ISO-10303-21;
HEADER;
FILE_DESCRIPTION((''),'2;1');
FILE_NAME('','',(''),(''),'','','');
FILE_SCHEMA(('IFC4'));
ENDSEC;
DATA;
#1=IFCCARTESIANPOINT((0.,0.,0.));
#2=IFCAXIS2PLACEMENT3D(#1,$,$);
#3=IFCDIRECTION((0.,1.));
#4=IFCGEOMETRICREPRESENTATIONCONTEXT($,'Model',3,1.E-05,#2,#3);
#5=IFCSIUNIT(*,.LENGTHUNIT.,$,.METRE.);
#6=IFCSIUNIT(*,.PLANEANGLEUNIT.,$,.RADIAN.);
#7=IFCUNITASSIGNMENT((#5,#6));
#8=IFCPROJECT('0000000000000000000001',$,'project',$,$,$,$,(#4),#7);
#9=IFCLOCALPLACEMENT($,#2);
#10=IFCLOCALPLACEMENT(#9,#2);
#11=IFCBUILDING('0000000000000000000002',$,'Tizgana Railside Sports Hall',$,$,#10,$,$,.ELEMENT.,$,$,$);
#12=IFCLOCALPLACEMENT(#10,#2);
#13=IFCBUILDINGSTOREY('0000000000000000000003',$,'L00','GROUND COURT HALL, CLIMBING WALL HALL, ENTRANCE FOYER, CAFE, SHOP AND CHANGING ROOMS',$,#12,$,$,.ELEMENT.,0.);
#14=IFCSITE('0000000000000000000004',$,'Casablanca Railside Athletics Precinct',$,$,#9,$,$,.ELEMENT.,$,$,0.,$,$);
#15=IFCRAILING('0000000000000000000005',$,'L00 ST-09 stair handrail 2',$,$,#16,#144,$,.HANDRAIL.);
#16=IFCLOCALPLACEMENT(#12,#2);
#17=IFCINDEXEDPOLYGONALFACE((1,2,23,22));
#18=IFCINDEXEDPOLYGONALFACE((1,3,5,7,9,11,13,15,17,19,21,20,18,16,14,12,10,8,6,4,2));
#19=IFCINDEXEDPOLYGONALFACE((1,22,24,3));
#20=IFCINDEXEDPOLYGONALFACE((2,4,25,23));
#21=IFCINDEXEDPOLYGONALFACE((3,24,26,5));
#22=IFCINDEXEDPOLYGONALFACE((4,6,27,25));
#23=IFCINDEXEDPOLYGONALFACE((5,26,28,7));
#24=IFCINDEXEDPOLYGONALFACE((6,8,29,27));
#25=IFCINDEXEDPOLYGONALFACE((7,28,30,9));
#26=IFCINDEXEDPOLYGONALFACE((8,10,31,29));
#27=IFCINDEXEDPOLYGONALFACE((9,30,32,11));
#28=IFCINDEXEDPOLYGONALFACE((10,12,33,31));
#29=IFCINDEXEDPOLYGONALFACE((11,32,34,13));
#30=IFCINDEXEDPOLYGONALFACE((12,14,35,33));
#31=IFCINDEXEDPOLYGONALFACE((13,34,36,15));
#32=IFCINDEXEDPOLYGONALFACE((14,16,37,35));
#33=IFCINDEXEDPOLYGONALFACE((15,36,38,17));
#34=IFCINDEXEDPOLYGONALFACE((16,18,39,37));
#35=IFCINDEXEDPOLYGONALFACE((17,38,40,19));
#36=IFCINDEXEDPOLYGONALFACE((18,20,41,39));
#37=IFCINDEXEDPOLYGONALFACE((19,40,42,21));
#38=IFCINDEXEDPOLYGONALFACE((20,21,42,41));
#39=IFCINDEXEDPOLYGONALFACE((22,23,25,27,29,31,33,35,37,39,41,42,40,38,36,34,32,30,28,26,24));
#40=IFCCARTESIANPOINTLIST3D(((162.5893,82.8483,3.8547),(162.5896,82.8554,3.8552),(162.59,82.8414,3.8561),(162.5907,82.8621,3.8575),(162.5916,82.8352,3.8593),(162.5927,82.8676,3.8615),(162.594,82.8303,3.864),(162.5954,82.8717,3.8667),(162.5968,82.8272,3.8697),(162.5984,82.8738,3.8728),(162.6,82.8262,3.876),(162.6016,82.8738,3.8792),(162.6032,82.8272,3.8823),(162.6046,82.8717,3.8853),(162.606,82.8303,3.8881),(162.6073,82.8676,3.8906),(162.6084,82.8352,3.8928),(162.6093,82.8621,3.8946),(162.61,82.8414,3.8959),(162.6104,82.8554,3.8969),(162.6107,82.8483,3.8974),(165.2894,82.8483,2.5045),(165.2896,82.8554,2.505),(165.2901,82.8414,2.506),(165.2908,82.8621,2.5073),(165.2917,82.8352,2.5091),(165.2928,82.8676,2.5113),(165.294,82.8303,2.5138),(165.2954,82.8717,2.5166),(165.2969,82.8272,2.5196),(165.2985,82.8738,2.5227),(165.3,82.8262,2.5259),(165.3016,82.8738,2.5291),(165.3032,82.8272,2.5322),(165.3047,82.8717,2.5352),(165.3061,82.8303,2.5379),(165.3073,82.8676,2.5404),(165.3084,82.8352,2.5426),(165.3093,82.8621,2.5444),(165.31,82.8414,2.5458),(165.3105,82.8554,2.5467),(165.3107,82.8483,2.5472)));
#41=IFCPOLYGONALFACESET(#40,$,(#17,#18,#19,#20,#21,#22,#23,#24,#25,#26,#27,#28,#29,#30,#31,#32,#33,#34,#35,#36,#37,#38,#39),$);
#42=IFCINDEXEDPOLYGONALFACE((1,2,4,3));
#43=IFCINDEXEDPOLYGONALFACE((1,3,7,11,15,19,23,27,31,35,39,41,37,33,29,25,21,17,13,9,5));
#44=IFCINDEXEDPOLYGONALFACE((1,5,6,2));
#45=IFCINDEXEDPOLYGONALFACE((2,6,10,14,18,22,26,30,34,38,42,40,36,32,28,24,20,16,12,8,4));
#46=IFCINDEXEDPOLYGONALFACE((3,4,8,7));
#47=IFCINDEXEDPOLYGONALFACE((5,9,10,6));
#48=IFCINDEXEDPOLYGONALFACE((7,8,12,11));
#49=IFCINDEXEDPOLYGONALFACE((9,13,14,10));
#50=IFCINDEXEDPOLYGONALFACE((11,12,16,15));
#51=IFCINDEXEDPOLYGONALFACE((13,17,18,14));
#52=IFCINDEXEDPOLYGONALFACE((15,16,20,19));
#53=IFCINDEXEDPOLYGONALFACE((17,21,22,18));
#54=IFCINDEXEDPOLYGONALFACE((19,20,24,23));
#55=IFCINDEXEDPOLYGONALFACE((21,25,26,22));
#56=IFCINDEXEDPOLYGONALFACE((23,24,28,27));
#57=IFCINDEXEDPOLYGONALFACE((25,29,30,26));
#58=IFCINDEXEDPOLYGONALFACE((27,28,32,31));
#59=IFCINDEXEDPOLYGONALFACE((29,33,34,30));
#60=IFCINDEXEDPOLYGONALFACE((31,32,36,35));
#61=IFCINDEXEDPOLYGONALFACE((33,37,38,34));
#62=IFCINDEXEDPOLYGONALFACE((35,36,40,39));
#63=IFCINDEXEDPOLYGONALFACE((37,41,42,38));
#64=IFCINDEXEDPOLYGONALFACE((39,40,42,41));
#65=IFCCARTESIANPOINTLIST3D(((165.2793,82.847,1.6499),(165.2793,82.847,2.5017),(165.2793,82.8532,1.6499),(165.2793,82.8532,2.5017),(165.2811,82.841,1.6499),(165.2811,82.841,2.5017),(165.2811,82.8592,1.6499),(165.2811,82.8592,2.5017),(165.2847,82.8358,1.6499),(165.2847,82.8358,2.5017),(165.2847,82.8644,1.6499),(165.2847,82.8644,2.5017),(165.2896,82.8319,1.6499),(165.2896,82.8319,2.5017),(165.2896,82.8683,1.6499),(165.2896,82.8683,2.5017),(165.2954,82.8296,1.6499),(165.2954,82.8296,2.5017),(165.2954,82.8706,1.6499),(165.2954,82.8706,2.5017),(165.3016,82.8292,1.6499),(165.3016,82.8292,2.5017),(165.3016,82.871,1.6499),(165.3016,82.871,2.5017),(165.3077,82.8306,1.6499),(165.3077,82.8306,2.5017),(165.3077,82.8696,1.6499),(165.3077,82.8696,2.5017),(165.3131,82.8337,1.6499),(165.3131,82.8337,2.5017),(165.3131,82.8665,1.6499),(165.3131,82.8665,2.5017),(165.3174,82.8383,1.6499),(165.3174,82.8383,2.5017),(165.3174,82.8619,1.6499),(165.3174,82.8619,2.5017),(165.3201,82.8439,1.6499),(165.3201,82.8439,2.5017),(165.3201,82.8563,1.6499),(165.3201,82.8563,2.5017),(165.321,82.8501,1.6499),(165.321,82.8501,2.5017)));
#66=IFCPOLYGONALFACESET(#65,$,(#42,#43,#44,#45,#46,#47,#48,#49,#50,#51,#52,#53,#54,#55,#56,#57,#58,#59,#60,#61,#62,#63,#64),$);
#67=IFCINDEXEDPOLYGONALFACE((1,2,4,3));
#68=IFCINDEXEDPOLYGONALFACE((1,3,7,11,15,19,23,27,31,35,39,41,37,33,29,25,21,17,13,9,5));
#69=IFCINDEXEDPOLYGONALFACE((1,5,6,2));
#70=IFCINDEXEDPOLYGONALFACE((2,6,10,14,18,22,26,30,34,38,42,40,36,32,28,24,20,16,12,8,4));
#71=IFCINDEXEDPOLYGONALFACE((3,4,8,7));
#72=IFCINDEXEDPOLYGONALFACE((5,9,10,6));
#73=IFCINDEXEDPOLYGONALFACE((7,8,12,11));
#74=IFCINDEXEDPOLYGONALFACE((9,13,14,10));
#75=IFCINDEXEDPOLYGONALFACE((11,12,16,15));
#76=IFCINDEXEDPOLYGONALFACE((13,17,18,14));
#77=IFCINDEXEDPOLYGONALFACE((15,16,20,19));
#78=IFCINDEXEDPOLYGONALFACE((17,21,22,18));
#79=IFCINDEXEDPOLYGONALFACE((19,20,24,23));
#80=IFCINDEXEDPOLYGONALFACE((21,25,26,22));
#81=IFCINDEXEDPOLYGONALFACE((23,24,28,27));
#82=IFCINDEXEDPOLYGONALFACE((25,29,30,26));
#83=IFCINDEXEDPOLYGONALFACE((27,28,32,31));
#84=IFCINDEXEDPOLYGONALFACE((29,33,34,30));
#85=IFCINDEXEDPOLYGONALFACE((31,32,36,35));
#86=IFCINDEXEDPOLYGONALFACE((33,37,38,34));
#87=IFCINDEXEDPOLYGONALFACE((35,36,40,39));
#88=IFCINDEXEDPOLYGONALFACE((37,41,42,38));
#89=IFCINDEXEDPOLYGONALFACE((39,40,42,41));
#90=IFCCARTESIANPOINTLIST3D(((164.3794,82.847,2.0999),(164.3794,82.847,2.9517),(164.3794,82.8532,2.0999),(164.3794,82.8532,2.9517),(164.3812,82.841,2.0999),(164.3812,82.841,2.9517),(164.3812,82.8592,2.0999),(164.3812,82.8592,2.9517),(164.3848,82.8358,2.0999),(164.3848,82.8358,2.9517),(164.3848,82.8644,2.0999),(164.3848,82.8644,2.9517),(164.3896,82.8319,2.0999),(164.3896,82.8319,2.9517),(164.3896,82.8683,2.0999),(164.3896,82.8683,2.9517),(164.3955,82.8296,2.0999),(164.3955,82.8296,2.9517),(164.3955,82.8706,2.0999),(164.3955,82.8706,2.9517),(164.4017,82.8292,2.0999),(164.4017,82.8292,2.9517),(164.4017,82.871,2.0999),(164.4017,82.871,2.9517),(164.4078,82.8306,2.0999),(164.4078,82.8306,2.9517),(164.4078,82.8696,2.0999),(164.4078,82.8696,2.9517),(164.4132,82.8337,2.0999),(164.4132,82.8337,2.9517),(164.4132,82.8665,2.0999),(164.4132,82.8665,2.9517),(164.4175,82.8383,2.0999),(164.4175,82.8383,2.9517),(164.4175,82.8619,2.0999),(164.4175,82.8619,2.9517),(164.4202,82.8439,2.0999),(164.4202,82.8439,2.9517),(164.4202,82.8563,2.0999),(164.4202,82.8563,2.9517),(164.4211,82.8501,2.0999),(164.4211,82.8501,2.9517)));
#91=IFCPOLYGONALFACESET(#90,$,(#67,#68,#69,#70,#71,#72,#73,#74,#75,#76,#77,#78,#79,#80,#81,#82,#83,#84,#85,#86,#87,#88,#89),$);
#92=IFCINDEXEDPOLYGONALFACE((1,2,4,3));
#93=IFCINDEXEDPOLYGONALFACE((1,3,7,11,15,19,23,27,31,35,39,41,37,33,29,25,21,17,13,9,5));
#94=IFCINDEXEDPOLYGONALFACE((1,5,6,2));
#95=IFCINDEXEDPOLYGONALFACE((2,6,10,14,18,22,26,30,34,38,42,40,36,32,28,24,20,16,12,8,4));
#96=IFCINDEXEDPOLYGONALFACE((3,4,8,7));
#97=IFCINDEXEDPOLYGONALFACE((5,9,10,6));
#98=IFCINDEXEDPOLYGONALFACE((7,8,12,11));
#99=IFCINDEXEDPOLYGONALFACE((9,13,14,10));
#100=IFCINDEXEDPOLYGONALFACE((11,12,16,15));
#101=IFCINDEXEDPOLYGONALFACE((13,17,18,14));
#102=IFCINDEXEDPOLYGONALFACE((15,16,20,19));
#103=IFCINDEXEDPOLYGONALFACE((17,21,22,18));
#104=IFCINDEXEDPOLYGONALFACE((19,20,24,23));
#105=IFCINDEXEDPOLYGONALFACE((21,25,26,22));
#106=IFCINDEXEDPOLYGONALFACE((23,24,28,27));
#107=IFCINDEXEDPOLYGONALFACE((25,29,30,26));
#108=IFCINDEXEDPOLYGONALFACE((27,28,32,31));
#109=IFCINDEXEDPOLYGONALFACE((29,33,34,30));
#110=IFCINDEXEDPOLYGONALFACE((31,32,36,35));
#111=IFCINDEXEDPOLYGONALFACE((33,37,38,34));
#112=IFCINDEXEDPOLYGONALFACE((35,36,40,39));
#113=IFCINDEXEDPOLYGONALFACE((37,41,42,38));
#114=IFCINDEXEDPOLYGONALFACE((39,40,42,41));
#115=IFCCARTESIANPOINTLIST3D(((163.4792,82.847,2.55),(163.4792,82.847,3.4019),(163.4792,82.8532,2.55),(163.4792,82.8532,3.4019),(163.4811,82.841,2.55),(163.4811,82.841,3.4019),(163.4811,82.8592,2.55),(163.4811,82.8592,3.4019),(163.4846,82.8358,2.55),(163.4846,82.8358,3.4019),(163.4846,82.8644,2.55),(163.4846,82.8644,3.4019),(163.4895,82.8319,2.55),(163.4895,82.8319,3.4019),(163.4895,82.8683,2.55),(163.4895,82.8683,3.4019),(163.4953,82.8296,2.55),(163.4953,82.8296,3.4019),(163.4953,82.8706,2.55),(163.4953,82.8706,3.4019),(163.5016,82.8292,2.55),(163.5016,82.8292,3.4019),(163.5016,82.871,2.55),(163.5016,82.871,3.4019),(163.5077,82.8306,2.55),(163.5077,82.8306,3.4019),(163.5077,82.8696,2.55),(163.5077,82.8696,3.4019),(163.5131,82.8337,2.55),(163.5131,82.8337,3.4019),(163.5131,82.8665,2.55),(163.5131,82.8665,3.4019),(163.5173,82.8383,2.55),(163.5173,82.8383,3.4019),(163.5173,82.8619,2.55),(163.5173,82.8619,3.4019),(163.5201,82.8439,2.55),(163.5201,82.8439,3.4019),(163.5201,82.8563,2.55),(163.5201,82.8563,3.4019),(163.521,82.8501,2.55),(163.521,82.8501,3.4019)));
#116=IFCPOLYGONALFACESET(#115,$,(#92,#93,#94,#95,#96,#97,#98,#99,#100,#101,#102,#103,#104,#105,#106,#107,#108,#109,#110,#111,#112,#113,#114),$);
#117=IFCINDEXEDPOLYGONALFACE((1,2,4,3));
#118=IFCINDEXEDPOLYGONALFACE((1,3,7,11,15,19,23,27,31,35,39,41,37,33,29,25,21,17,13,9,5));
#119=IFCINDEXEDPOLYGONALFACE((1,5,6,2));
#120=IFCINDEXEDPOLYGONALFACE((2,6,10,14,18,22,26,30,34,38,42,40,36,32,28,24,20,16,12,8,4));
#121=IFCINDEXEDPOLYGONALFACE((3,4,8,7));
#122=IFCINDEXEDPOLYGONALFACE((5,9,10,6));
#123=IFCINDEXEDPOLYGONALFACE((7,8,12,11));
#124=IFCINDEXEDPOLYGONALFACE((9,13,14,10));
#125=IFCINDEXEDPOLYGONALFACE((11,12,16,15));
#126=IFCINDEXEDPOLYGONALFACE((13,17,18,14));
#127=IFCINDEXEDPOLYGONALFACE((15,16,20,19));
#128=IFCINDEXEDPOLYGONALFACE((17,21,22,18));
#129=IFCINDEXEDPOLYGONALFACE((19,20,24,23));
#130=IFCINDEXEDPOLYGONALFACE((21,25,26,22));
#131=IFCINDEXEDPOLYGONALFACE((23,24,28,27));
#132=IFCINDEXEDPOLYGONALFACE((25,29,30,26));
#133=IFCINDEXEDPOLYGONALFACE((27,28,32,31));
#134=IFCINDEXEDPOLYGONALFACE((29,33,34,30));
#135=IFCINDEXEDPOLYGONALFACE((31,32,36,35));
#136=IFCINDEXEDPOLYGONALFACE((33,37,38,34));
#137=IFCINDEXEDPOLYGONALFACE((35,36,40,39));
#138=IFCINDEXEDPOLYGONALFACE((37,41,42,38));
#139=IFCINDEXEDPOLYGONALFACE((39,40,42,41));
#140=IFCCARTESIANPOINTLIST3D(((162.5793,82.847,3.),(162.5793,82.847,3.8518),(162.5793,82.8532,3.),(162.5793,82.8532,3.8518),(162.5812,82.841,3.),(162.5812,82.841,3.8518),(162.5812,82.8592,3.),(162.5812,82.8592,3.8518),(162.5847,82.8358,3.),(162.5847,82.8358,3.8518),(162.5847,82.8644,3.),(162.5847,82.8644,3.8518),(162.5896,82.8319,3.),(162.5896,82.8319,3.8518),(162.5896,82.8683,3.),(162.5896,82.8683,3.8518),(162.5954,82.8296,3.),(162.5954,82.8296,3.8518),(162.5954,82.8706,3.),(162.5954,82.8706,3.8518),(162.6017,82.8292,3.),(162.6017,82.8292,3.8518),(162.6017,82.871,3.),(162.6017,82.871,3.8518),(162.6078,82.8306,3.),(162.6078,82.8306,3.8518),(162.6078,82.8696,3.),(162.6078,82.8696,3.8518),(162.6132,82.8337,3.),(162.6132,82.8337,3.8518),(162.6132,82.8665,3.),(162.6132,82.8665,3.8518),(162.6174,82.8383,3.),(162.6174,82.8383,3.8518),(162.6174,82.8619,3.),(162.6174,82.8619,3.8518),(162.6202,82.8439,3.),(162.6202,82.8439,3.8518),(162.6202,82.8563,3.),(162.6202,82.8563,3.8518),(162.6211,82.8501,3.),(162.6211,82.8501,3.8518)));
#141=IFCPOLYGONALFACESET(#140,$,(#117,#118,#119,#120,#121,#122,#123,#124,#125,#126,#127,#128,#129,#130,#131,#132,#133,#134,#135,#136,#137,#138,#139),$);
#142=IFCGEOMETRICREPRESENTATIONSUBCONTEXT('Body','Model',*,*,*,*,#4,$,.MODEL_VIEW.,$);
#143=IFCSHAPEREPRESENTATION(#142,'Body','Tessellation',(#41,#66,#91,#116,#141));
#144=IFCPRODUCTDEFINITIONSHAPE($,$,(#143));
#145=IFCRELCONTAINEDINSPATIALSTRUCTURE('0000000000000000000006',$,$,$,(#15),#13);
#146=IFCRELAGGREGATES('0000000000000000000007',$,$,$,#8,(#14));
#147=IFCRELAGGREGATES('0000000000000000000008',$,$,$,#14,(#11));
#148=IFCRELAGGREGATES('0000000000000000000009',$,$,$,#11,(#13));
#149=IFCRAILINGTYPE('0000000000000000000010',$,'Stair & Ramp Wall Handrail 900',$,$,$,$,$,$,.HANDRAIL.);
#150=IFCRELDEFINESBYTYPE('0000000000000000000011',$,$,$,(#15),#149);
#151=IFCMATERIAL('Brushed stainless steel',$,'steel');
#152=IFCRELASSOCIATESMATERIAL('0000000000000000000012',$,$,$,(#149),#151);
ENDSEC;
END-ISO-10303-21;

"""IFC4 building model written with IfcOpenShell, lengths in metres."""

from ifc_helpers import new_model, si_unit, direction, frame, origin, origin_2d, place, context, subcontext, project, spatial, circle, extrude, material, type_object, element, save


model = new_model("IFC4")

# Units and contexts
model_context = context("Model", 3, precision=1e-05, world=origin(), true_north=direction((0.0, 1.0)))
body_context = subcontext(model_context, "Body", "Model", "MODEL_VIEW")
ifc_project = project(units=[si_unit("LENGTHUNIT", "METRE"), si_unit("PLANEANGLEUNIT", "RADIAN")], contexts=[model_context])

# Site, building, storey
site_placement = place(None, origin())
site = spatial("IfcSite", under=ifc_project, at=site_placement, Name="Casablanca Railside Athletics Precinct", CompositionType="ELEMENT", RefElevation=0.0)
building_placement = place(site_placement, origin())
building = spatial("IfcBuilding", under=site, at=building_placement, Name="Tizgana Railside Sports Hall", CompositionType="ELEMENT")
storey_placement = place(building_placement, origin())
storey = spatial("IfcBuildingStorey", under=building, at=storey_placement, Name="L00", Description="GROUND COURT HALL, CLIMBING WALL HALL, ENTRANCE FOYER, CAFE, SHOP AND CHANGING ROOMS", CompositionType="ELEMENT", Elevation=0.0)

# Railing
ifc_material_1 = material(Name="Brushed stainless steel", Category="steel")
railing_type_1 = type_object("IfcRailingType", Name="Stair & Ramp Wall Handrail 900", PredefinedType="HANDRAIL", material=ifc_material_1)
for number, where, name in (
    (1, (165.3, 82.8501, 1.6499), "L00 ST-09 stair handrail 2"),
):
    element("IfcRailing", number, at=place(storey_placement, frame(where)), inside=storey, type_object=railing_type_1, Name=name, PredefinedType="HANDRAIL", context=body_context, shape_type="SweptSolid", body=[
        extrude(circle(Radius=0.0239, at=origin_2d()), frame((0.0, 0.0, 0.876), z_axis=(-0.894411, 0.0, 0.447246), x_axis=(0.0, -1.0, 0.0)), (0.0, 0.0, 1.0), 3.0188),
        extrude(circle(Radius=0.021, at=origin_2d()), origin(), (0.0, 0.0, 1.0), 0.8518),
        extrude(circle(Radius=0.021, at=origin_2d()), frame((-0.8999, 0.0, 0.45)), (0.0, 0.0, 1.0), 0.8518),
        extrude(circle(Radius=0.021, at=origin_2d()), frame((-1.8, 0.0, 0.9001)), (0.0, 0.0, 1.0), 0.8518),
        extrude(circle(Radius=0.021, at=origin_2d()), frame((-2.7, 0.0, 1.3501)), (0.0, 0.0, 1.0), 0.8518),
    ])

save(model, "model.ifc")
